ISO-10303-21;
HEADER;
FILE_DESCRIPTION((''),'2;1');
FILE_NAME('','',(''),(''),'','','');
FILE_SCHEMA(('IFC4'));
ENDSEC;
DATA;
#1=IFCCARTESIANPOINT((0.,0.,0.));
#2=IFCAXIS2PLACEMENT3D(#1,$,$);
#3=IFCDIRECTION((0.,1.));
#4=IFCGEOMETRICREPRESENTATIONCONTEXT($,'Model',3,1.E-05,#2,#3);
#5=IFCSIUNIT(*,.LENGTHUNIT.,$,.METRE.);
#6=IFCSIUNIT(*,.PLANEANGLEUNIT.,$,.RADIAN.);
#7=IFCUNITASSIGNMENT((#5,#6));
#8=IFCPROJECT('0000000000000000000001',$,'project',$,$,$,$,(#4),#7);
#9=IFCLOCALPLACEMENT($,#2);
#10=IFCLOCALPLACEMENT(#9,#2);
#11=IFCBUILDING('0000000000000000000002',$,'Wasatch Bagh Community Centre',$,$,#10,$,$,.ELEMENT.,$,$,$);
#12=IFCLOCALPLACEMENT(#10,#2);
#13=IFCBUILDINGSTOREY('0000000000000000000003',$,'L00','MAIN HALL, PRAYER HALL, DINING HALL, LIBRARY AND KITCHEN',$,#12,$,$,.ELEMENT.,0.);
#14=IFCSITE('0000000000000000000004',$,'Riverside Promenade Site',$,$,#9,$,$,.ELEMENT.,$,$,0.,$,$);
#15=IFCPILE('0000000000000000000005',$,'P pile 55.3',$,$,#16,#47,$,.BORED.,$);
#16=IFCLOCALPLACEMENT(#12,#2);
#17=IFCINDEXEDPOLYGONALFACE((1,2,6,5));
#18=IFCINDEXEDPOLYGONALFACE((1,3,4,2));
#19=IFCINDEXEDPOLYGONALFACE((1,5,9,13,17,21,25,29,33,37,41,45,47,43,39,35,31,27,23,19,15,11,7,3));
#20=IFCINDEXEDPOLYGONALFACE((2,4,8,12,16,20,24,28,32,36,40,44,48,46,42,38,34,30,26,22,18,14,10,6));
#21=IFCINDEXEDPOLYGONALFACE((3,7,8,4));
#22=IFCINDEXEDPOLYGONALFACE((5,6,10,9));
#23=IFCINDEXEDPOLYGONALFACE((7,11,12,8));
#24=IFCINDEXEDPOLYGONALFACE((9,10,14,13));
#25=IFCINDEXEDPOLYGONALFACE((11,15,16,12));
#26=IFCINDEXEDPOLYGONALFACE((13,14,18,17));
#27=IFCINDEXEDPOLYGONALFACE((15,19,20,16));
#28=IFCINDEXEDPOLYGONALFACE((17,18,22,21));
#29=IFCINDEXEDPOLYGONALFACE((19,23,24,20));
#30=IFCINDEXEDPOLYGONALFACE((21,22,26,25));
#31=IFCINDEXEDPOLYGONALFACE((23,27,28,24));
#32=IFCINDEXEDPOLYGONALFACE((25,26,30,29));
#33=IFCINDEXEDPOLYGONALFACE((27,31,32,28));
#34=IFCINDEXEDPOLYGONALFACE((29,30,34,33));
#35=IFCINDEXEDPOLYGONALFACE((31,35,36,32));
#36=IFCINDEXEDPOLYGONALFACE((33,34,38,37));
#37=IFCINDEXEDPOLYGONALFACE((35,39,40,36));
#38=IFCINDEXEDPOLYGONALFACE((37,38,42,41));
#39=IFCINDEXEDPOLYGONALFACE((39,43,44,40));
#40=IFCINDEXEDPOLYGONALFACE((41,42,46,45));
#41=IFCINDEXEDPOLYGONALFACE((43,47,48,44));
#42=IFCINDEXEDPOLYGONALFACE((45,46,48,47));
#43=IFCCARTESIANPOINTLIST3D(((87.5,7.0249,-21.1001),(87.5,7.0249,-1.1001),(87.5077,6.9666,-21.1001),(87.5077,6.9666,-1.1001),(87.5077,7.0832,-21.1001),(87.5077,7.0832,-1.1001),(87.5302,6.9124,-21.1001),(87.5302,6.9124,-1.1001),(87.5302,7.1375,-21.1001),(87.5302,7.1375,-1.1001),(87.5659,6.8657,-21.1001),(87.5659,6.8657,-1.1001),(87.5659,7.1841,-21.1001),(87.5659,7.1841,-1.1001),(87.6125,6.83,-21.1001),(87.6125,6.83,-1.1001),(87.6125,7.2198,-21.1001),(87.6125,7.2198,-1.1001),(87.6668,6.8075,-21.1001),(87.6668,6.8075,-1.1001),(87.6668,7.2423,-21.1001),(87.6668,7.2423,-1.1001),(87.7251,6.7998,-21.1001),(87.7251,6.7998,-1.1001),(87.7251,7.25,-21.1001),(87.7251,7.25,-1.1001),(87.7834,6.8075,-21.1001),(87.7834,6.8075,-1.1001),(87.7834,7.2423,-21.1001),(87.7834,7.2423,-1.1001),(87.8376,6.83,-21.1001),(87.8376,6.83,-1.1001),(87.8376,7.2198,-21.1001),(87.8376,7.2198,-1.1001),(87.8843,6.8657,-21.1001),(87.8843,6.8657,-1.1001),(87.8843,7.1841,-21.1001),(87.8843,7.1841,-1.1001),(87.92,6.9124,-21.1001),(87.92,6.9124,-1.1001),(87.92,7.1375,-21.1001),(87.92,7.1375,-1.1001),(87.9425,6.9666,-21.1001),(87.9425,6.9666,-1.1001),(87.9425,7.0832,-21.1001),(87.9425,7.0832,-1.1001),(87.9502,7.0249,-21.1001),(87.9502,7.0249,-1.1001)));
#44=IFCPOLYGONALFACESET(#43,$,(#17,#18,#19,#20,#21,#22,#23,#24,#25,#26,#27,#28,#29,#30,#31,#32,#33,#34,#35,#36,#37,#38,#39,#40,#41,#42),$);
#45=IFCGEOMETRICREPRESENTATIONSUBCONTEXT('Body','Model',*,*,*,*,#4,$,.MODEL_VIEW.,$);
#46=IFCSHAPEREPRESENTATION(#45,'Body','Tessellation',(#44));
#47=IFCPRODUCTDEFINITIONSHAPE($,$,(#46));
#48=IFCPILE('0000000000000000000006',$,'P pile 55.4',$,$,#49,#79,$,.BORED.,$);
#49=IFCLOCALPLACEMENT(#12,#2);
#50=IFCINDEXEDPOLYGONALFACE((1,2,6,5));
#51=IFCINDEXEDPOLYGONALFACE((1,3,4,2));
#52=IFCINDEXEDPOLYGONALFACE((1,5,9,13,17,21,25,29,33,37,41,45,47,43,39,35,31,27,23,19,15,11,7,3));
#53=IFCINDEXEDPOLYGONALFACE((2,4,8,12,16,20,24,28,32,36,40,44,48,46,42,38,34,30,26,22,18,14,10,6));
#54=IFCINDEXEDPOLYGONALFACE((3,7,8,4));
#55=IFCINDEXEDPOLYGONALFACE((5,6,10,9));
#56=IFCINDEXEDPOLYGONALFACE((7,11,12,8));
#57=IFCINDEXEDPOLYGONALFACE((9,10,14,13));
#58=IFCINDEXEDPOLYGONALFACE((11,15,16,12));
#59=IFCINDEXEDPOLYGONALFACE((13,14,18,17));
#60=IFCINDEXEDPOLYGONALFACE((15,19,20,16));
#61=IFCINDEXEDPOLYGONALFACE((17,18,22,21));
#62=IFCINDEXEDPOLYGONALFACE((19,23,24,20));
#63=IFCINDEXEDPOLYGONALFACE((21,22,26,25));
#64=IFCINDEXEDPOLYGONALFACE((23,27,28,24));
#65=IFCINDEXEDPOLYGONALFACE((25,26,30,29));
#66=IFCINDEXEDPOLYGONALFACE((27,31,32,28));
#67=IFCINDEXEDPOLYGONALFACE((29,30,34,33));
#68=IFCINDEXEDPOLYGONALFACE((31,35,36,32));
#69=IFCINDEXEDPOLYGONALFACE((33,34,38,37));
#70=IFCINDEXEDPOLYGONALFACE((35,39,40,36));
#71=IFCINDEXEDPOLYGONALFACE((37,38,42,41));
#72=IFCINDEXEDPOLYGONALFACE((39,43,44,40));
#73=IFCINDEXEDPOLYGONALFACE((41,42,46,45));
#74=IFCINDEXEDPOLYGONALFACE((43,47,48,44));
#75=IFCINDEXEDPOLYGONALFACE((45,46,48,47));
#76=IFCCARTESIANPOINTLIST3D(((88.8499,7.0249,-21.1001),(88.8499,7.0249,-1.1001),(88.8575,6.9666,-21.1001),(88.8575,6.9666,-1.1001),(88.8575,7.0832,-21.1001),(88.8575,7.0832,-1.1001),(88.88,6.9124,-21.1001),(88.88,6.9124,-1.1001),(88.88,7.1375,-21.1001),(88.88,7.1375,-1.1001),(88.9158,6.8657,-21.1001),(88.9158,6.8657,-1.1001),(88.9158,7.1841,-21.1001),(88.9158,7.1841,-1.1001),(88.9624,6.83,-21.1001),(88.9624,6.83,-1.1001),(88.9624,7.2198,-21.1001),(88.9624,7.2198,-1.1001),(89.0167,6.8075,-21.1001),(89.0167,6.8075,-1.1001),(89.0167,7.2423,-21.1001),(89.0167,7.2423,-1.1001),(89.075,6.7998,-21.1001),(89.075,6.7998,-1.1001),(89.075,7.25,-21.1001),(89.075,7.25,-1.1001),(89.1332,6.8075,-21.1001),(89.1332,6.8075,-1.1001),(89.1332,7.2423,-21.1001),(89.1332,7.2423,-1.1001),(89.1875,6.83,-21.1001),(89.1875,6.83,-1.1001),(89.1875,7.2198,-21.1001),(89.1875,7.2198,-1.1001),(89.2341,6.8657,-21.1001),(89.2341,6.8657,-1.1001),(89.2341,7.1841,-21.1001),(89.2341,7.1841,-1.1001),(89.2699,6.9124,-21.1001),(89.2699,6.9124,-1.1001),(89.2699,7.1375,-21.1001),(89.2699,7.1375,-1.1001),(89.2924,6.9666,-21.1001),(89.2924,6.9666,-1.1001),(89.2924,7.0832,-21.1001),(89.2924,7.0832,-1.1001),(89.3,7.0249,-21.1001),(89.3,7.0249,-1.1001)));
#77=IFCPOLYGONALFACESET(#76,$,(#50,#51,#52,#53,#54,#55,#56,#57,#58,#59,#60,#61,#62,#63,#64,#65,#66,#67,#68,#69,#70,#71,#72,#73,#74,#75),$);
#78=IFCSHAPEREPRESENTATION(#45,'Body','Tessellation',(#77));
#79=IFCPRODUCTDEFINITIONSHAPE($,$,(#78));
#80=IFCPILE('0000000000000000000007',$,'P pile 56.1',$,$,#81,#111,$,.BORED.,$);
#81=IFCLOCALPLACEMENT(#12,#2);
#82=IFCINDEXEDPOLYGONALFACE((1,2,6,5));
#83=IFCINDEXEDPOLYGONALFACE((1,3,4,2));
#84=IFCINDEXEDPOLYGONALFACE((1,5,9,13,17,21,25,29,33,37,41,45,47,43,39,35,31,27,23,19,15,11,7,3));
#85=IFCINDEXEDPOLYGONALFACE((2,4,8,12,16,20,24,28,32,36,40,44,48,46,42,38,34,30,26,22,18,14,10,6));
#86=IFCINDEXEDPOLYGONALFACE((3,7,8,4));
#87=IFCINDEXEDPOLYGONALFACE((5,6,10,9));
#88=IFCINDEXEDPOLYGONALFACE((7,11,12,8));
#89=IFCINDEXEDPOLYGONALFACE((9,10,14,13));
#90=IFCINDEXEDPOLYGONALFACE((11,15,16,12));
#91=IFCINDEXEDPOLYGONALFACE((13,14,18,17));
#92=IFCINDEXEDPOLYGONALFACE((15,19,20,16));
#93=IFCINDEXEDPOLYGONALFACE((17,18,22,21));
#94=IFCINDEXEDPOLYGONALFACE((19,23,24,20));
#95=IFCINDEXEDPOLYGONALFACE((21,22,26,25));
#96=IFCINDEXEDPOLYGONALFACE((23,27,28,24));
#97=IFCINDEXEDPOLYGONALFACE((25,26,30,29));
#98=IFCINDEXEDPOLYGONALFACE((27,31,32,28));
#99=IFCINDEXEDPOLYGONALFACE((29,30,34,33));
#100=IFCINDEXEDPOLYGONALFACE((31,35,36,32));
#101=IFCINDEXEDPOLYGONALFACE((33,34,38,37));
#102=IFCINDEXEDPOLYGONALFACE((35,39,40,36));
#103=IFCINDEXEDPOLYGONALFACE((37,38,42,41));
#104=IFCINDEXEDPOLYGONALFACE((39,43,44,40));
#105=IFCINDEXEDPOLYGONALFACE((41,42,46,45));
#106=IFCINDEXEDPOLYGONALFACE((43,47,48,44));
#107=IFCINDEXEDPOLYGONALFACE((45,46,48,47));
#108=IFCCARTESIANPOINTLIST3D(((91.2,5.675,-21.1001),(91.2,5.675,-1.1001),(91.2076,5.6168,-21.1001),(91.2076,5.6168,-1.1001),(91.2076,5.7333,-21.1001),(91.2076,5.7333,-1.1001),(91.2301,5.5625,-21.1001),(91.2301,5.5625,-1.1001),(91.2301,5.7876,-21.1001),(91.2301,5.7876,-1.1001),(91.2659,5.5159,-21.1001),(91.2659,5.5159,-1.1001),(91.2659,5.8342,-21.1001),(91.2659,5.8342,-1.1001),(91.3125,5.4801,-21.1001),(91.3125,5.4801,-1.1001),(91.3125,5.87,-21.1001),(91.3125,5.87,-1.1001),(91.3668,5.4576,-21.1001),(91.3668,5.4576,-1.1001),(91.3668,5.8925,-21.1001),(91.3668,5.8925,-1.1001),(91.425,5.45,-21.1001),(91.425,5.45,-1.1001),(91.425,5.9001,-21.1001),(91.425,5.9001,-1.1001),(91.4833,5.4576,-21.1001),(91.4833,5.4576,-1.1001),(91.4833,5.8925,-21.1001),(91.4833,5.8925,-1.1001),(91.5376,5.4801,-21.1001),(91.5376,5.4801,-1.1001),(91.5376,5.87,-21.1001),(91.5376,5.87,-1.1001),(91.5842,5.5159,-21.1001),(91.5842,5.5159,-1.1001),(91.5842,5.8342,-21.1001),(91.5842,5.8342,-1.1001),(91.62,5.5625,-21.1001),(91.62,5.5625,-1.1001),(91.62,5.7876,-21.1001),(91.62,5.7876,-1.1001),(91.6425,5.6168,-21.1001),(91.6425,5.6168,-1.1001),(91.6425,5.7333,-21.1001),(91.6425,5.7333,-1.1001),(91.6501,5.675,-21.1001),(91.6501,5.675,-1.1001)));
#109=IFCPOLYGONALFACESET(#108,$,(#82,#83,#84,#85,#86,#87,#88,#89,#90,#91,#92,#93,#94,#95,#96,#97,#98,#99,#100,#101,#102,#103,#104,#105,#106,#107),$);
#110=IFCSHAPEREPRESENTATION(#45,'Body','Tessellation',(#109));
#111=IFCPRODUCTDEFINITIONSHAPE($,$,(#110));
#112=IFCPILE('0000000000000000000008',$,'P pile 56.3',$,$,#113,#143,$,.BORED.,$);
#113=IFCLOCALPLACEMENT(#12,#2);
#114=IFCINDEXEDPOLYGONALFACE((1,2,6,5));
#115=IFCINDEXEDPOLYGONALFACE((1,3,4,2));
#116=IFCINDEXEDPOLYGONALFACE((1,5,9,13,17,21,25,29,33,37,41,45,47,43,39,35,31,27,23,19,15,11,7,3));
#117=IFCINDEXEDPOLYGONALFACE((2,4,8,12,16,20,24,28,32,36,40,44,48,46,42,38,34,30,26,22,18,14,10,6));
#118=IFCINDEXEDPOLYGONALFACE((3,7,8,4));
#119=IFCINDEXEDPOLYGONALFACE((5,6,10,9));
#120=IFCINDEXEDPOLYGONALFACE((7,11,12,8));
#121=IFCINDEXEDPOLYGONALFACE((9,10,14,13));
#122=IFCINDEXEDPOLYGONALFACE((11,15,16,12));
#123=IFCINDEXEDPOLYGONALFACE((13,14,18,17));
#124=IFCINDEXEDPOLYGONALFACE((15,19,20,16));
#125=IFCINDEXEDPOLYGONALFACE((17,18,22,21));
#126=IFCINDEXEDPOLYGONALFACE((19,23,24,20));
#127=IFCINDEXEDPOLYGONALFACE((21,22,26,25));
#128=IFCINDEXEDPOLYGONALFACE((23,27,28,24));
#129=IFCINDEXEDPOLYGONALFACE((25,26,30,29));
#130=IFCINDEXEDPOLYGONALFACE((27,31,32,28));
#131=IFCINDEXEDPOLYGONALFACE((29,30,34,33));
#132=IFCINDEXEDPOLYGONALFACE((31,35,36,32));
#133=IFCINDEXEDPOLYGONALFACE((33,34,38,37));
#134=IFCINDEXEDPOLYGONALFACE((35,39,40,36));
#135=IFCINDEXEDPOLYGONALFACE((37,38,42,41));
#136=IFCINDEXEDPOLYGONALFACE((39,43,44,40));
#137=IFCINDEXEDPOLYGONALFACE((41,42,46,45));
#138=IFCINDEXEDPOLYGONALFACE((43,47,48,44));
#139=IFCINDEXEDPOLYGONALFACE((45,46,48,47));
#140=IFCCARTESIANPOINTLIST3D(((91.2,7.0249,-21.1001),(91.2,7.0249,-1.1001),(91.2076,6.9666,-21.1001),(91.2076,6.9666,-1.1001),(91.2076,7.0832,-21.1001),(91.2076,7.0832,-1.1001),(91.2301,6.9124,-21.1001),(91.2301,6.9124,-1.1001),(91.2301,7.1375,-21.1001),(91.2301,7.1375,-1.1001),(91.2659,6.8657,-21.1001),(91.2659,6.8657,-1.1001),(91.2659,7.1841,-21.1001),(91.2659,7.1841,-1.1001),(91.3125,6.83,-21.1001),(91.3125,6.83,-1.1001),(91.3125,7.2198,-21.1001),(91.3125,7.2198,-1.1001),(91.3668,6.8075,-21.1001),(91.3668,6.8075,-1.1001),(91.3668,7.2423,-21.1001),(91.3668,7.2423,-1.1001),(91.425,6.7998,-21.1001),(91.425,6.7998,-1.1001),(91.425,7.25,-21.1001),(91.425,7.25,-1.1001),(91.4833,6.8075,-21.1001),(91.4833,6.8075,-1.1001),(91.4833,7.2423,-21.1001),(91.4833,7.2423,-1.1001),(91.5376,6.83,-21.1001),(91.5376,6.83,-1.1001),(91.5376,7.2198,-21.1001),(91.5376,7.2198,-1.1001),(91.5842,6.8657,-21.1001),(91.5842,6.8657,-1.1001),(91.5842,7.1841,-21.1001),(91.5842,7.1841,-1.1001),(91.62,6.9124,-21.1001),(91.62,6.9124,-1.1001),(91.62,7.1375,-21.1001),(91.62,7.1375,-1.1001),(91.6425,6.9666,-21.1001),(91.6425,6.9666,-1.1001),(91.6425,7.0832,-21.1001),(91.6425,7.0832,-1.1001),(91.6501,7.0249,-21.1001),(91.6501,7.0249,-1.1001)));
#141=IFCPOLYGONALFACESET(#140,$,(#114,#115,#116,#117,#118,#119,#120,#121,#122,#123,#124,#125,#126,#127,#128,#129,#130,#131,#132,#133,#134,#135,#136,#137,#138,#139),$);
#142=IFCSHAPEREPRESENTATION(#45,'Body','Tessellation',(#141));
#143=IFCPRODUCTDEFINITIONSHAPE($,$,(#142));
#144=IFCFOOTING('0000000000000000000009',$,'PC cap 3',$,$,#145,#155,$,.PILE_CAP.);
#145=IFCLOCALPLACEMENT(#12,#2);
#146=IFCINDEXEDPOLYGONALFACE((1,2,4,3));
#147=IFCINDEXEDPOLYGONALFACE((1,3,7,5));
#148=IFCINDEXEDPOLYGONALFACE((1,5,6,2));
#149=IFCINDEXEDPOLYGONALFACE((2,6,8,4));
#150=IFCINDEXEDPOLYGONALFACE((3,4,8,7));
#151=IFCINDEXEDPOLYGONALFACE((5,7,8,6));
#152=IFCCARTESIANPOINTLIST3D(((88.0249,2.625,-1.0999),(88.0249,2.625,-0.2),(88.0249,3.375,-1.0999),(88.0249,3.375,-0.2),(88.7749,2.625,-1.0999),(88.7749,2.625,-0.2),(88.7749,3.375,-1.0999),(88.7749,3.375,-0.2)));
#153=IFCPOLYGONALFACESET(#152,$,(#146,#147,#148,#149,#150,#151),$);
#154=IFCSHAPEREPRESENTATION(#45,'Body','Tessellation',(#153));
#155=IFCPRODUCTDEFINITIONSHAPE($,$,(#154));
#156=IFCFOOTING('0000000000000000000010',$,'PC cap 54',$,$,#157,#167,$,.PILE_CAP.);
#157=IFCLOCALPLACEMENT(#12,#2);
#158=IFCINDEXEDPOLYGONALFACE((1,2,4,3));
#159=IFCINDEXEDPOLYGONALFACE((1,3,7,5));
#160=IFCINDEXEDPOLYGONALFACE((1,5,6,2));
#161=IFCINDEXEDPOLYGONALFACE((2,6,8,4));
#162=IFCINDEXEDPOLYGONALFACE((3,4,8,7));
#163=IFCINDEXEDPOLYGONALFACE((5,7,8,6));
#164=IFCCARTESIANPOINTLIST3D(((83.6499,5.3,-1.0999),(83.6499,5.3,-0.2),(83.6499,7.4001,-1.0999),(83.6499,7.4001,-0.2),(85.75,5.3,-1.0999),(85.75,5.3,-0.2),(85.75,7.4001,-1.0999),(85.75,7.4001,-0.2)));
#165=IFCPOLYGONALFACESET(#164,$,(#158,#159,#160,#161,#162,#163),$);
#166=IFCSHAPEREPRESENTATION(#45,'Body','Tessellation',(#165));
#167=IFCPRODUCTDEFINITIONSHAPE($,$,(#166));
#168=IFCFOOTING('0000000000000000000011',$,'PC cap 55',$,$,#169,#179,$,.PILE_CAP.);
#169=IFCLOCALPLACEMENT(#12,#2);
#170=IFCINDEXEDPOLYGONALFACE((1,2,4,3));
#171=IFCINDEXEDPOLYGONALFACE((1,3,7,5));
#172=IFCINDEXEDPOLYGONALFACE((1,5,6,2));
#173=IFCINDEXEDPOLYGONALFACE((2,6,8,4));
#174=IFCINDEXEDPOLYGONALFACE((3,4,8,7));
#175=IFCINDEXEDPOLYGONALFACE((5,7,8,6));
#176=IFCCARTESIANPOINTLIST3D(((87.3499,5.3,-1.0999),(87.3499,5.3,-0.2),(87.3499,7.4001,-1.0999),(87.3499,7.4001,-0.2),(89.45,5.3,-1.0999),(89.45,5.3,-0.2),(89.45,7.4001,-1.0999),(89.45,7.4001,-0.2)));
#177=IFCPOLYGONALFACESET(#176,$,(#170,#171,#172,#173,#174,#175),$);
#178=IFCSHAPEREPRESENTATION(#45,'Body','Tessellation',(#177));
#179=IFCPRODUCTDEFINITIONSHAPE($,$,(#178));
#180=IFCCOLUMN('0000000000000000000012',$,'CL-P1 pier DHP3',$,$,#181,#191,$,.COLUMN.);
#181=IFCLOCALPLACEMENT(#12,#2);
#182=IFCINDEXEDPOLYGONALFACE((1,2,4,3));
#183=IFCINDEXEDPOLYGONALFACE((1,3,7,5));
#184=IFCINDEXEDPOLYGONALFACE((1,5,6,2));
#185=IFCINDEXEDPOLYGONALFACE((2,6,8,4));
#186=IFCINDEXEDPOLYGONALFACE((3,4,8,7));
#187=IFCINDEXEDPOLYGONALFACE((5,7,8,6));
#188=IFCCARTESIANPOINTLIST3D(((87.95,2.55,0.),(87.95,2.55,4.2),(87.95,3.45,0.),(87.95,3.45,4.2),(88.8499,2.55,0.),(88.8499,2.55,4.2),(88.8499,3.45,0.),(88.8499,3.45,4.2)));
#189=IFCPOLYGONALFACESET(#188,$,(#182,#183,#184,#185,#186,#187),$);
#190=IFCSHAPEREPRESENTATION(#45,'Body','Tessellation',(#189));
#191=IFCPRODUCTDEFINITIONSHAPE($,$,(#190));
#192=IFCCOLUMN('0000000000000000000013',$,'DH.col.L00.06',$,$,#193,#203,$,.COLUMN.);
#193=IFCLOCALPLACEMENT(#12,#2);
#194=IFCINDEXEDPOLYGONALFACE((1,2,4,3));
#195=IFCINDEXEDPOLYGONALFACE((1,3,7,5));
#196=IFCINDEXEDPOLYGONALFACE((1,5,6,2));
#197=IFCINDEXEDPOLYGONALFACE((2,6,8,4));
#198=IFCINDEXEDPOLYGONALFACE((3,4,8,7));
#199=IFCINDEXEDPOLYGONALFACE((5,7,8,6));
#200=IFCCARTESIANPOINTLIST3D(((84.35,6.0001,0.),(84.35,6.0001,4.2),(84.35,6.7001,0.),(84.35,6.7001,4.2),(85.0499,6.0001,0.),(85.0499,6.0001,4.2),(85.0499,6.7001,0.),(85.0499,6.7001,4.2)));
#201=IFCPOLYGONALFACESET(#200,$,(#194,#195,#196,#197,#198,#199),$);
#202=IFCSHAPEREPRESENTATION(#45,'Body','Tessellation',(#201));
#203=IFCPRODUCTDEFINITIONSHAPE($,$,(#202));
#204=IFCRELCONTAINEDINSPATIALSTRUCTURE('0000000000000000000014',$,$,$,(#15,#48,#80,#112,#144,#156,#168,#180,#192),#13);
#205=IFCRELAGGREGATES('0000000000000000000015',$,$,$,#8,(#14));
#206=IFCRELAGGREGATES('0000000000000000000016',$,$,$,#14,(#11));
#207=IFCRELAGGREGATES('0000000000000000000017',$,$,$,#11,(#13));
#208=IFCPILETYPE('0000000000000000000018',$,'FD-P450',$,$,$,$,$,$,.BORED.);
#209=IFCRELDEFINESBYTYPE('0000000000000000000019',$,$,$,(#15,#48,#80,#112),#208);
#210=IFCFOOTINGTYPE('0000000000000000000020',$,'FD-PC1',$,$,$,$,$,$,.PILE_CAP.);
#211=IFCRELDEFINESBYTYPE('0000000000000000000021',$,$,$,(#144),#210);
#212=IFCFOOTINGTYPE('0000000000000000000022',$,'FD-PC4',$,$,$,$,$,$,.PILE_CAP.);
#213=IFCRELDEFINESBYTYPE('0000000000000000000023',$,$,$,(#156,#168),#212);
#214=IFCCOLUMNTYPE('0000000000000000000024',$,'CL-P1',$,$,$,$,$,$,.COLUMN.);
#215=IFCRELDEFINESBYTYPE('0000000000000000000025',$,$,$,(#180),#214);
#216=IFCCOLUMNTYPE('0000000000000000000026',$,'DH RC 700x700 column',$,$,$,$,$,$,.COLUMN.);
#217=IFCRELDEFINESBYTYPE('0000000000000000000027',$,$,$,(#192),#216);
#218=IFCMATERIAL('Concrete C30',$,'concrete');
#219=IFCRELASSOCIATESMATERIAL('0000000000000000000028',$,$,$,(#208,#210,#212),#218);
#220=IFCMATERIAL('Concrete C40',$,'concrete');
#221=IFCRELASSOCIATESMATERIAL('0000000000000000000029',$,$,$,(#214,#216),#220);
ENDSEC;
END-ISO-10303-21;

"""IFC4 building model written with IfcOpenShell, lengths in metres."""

from ifc_helpers import new_model, si_unit, direction, frame, origin, origin_2d, place, context, subcontext, project, spatial, rectangle, circle, extrude, material, material_profile, profile_set, type_object, element, save


model = new_model("IFC4")

# Units and contexts
model_context = context("Model", 3, precision=1e-05, world=origin(), true_north=direction((0.0, 1.0)))
body_context = subcontext(model_context, "Body", "Model", "MODEL_VIEW")
ifc_project = project(units=[si_unit("LENGTHUNIT", "METRE"), si_unit("PLANEANGLEUNIT", "RADIAN")], contexts=[model_context])

# Site, building, storey
site_placement = place(None, origin())
site = spatial("IfcSite", under=ifc_project, at=site_placement, Name="Riverside Promenade Site", CompositionType="ELEMENT", RefElevation=0.0)
building_placement = place(site_placement, origin())
building = spatial("IfcBuilding", under=site, at=building_placement, Name="Wasatch Bagh Community Centre", CompositionType="ELEMENT")
storey_placement = place(building_placement, origin())
storey = spatial("IfcBuildingStorey", under=building, at=storey_placement, Name="L00", Description="MAIN HALL, PRAYER HALL, DINING HALL, LIBRARY AND KITCHEN", CompositionType="ELEMENT", Elevation=0.0)

# Piles
ifc_material_1 = material(Name="Concrete C30", Category="concrete")
ifc_material_profile_1 = material_profile(ifc_material_1, circle(Radius=0.2251, at=origin_2d()), Name="RC D450")
ifc_profile_set_1 = profile_set([ifc_material_profile_1], Name="Concrete C30")
pile_type = type_object("IfcPileType", Name="FD-P450", PredefinedType="BORED", material=ifc_profile_set_1)
for number, where, z_axis, x_axis, name in (
    (1, (87.7251, 7.0249, -1.1001), (0.0, 0.0, -1.0), (1.0, 0.0, 0.0), "P pile 55.3"),
    (2, (89.075, 7.0249, -1.1001), (0.0, 0.0, -1.0), (1.0, 0.0, 0.0), "P pile 55.4"),
    (3, (91.425, 5.675, -1.1001), (0.0, 0.0, -1.0), (1.0, 0.0, 0.0), "P pile 56.1"),
    (4, (91.425, 7.0249, -1.1001), (0.0, 0.0, -1.0), (1.0, 0.0, 0.0), "P pile 56.3"),
):
    element("IfcPile", number, at=place(storey_placement, frame(where, z_axis=z_axis, x_axis=x_axis)), inside=storey, type_object=pile_type, Name=name, PredefinedType="BORED", context=body_context, shape_type="SweptSolid", body=[
        extrude(circle(Radius=0.2251, at=origin_2d()), origin(), (0.0, 0.0, 1.0), 20.0),
    ])

# Footings
footing_type_1 = type_object("IfcFootingType", Name="FD-PC1", PredefinedType="PILE_CAP", material=ifc_material_1)
footing_1_placement = place(storey_placement, frame((88.3999, 3.0, -1.0999), z_axis=(0.0, 0.0, 1.0), x_axis=(1.0, 0.0, 0.0)))
element("IfcFooting", 5, at=footing_1_placement, inside=storey, type_object=footing_type_1, Name="PC cap 3", PredefinedType="PILE_CAP", context=body_context, shape_type="SweptSolid", body=[
    extrude(rectangle(XDim=0.75, YDim=0.75, at=origin_2d()), origin(), (0.0, 0.0, 1.0), 0.8999),
])
footing_type_2 = type_object("IfcFootingType", Name="FD-PC4", PredefinedType="PILE_CAP", material=ifc_material_1)
for number, where, z_axis, x_axis, name in (
    (6, (84.7, 6.3501, -1.0999), (0.0, 0.0, 1.0), (1.0, 0.0, 0.0), "PC cap 54"),
    (7, (88.3999, 6.3501, -1.0999), (0.0, 0.0, 1.0), (1.0, 0.0, 0.0), "PC cap 55"),
):
    element("IfcFooting", number, at=place(storey_placement, frame(where, z_axis=z_axis, x_axis=x_axis)), inside=storey, type_object=footing_type_2, Name=name, PredefinedType="PILE_CAP", context=body_context, shape_type="SweptSolid", body=[
        extrude(rectangle(XDim=2.1001, YDim=2.1001, at=origin_2d()), origin(), (0.0, 0.0, 1.0), 0.8999),
    ])

# Columns
ifc_material_2 = material(Name="Concrete C40", Category="concrete")
ifc_material_profile_2 = material_profile(ifc_material_2, rectangle(XDim=0.8999, YDim=0.8999, at=origin_2d()), Name="RC 900x900")
ifc_profile_set_2 = profile_set([ifc_material_profile_2], Name="Concrete C40")
column_type_1 = type_object("IfcColumnType", Name="CL-P1", PredefinedType="COLUMN", material=ifc_profile_set_2)
column_placement = place(storey_placement, frame((88.3999, 3.0, 0.0), z_axis=(0.0, 0.0, 1.0), x_axis=(1.0, 0.0, 0.0)))
element("IfcColumn", 8, at=column_placement, inside=storey, type_object=column_type_1, Name="CL-P1 pier DHP3", PredefinedType="COLUMN", context=body_context, shape_type="SweptSolid", body=[
    extrude(rectangle(XDim=0.8999, YDim=0.8999, at=origin_2d()), origin(), (0.0, 0.0, 1.0), 4.2),
])
ifc_material_profile_3 = material_profile(ifc_material_2, rectangle(XDim=0.7, YDim=0.7, at=origin_2d()), Name="RC 700x700")
ifc_profile_set_3 = profile_set([ifc_material_profile_3], Name="Concrete C40")
column_type_2 = type_object("IfcColumnType", Name="DH RC 700x700 column", PredefinedType="COLUMN", material=ifc_profile_set_3)
for number, where, z_axis, x_axis, name in (
    (9, (84.7, 6.3501, 0.0), (0.0, 0.0, 1.0), (1.0, 0.0, 0.0), "DH.col.L00.06"),
):
    element("IfcColumn", number, at=place(storey_placement, frame(where, z_axis=z_axis, x_axis=x_axis)), inside=storey, type_object=column_type_2, Name=name, PredefinedType="COLUMN", context=body_context, shape_type="SweptSolid", body=[
        extrude(rectangle(XDim=0.7, YDim=0.7, at=origin_2d()), origin(), (0.0, 0.0, 1.0), 4.2),
    ])

save(model, "model.ifc")
